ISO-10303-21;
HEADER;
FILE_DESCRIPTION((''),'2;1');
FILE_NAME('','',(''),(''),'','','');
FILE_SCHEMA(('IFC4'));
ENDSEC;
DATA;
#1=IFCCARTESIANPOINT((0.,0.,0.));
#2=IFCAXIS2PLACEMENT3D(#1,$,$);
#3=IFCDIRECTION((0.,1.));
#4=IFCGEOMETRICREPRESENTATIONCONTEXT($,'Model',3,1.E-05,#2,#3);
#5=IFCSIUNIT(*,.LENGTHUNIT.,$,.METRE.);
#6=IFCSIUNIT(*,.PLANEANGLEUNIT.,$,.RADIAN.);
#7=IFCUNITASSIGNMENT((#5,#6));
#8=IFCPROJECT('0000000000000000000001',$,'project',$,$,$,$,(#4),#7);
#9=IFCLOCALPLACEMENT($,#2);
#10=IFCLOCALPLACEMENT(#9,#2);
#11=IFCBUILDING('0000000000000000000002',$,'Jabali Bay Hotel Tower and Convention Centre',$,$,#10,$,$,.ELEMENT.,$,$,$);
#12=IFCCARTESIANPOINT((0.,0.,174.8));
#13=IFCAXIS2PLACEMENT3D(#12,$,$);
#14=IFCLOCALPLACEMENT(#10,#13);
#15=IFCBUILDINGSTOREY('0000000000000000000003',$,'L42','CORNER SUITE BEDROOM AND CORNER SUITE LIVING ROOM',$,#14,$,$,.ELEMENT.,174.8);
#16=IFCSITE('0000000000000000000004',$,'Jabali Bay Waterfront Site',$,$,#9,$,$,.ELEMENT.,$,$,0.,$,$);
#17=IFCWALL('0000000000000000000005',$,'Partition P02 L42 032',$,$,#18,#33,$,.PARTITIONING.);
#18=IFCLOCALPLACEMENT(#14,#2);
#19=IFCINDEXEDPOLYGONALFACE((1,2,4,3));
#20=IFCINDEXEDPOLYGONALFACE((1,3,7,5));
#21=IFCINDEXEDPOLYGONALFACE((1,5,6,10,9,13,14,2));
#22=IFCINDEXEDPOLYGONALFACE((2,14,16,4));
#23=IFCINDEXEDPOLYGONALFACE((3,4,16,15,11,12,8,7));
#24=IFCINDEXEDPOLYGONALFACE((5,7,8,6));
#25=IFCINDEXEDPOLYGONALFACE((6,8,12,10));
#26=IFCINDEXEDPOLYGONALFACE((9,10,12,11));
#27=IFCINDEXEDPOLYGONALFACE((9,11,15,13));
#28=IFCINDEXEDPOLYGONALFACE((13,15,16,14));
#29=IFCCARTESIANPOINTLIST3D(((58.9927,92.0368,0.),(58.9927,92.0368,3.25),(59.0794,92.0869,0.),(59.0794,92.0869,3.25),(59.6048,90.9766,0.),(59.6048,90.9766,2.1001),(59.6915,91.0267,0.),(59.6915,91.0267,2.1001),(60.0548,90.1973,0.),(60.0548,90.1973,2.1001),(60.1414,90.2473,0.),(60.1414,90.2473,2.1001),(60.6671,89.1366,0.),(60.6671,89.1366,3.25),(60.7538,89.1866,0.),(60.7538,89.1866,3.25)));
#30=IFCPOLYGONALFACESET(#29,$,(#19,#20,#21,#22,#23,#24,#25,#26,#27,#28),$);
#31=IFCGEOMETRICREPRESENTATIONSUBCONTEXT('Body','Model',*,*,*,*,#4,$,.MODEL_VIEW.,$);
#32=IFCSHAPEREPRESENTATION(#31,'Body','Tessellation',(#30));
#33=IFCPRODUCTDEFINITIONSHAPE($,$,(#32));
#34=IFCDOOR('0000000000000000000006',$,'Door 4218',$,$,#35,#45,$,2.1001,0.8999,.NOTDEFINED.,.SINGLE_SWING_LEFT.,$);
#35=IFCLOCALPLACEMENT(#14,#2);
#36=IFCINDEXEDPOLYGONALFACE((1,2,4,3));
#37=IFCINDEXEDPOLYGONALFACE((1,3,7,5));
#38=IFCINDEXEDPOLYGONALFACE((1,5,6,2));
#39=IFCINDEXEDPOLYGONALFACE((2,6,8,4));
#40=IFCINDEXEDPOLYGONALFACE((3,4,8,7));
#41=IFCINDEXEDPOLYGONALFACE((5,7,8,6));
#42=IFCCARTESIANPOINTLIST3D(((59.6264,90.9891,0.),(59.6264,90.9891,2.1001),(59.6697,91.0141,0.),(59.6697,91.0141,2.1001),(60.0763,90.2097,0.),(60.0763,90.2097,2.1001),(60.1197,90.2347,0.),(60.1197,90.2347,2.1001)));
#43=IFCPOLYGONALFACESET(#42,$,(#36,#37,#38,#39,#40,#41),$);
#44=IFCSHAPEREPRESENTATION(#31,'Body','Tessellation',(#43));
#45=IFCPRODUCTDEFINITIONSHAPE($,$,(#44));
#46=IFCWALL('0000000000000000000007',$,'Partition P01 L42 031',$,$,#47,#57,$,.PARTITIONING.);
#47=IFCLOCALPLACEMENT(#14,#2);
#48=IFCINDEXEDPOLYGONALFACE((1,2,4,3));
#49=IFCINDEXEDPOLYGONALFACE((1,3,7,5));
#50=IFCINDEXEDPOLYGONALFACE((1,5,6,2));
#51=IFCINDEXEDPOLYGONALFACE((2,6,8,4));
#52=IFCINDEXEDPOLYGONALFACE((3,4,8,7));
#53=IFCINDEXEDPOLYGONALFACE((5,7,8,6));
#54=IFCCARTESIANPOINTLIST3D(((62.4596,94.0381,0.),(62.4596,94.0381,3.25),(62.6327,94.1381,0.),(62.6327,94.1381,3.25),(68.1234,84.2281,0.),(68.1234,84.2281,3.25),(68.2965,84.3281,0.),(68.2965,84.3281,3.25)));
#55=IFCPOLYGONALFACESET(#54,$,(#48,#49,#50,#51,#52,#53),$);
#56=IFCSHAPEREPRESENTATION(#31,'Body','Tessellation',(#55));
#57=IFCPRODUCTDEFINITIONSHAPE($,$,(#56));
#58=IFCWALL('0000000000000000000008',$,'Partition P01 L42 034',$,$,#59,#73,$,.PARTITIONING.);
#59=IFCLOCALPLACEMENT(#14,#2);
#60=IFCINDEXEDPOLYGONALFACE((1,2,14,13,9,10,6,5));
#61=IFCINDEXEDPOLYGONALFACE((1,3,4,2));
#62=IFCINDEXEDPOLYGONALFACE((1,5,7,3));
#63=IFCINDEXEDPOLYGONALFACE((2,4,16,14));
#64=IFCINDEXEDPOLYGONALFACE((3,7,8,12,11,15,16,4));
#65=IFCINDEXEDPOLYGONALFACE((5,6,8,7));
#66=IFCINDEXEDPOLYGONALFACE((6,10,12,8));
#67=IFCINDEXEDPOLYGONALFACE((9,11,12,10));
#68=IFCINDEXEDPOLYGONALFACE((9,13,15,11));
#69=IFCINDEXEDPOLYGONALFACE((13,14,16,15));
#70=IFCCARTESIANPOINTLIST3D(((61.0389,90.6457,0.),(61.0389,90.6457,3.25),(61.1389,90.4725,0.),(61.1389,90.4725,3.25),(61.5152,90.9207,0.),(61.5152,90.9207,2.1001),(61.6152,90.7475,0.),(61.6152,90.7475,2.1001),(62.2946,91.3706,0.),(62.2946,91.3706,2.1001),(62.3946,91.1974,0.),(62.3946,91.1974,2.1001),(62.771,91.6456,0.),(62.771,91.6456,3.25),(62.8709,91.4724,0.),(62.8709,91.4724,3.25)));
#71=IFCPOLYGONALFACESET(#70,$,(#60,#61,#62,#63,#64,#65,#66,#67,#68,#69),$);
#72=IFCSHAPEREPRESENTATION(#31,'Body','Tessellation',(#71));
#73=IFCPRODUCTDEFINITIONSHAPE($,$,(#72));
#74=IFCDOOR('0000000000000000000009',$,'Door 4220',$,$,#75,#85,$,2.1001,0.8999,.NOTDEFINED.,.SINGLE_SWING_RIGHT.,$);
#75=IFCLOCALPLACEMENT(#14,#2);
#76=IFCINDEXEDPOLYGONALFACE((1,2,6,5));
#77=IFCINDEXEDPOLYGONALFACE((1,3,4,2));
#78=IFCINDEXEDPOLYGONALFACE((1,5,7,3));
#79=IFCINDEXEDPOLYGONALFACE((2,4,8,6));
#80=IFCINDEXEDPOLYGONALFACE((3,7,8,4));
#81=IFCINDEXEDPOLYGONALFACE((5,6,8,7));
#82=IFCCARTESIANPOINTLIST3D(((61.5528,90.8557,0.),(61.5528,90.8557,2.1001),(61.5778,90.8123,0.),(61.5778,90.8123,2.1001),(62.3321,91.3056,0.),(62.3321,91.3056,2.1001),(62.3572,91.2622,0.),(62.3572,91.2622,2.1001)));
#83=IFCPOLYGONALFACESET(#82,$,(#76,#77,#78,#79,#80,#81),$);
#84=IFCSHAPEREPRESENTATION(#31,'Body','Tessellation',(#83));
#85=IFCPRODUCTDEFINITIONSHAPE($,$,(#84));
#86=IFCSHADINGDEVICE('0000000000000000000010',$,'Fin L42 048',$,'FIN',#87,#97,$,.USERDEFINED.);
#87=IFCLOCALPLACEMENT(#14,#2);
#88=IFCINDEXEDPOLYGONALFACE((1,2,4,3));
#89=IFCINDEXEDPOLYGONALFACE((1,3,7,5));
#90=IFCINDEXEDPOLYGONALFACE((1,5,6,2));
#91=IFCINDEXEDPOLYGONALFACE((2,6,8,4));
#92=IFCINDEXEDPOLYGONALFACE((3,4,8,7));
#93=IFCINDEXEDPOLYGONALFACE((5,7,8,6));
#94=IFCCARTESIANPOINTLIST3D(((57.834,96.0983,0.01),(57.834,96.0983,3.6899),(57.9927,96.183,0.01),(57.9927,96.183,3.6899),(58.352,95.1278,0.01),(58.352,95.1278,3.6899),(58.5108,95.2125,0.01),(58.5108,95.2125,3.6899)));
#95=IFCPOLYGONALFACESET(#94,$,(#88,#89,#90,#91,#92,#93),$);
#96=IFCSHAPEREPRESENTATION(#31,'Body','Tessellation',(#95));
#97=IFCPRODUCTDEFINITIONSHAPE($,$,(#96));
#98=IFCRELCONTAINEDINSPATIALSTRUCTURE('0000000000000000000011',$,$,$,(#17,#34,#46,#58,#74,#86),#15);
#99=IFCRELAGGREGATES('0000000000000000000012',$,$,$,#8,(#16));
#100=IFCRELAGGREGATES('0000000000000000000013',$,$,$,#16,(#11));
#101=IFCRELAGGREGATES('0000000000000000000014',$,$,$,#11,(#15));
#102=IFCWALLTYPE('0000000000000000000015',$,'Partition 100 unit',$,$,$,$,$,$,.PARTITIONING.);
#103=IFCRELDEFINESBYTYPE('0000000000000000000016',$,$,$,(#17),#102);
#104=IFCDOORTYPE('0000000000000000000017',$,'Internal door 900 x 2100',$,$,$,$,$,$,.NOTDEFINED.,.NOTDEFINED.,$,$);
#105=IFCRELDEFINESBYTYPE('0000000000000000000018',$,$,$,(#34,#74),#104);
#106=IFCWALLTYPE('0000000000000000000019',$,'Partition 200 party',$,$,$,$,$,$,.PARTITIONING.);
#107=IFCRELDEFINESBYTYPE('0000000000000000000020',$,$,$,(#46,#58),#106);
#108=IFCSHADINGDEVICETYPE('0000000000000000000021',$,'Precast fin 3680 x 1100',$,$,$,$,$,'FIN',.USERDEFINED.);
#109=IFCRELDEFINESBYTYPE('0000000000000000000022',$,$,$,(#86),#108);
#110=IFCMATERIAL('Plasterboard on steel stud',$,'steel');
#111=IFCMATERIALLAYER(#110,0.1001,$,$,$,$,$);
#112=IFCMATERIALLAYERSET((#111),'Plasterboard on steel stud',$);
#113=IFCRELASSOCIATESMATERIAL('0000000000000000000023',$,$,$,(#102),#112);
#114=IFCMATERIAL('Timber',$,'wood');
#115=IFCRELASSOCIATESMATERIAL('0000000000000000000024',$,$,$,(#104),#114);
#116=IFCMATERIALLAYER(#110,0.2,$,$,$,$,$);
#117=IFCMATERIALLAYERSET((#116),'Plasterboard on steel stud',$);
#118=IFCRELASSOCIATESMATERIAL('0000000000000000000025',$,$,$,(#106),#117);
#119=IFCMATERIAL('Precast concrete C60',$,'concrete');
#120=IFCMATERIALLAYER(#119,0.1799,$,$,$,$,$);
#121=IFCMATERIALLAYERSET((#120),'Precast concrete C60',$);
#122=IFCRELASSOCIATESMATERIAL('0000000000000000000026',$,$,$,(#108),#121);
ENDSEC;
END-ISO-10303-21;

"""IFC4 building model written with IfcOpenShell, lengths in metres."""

from ifc_helpers import new_model, si_unit, direction, frame, frame_2d, origin, place, context, subcontext, project, spatial, rectangle, extrude, material, layer, layer_set, type_object, element, fill, save


model = new_model("IFC4")

# Units and contexts
model_context = context("Model", 3, precision=1e-05, world=origin(), true_north=direction((0.0, 1.0)))
body_context = subcontext(model_context, "Body", "Model", "MODEL_VIEW")
ifc_project = project(units=[si_unit("LENGTHUNIT", "METRE"), si_unit("PLANEANGLEUNIT", "RADIAN")], contexts=[model_context])

# Site, building, storey
site_placement = place(None, origin())
site = spatial("IfcSite", under=ifc_project, at=site_placement, Name="Jabali Bay Waterfront Site", CompositionType="ELEMENT", RefElevation=0.0)
building_placement = place(site_placement, origin())
building = spatial("IfcBuilding", under=site, at=building_placement, Name="Jabali Bay Hotel Tower and Convention Centre", CompositionType="ELEMENT")
storey_placement = place(building_placement, frame((0.0, 0.0, 174.8)))
storey = spatial("IfcBuildingStorey", under=building, at=storey_placement, Name="L42", Description="CORNER SUITE BEDROOM AND CORNER SUITE LIVING ROOM", CompositionType="ELEMENT", Elevation=174.8)

# Wall, opening, door
ifc_material_1 = material(Name="Plasterboard on steel stud", Category="steel")
ifc_layer_1 = layer(ifc_material_1, 0.1001)
ifc_layer_set_1 = layer_set([ifc_layer_1], Name="Plasterboard on steel stud")
wall_type_1 = type_object("IfcWallType", Name="Partition 100 unit", PredefinedType="PARTITIONING", material=ifc_layer_set_1)
wall_1_placement = place(storey_placement, frame((59.0361, 92.0618, 0.0), z_axis=(0.0, 0.0, 1.0), x_axis=(0.499981, -0.866036, 0.0)))
wall_1 = element("IfcWall", 1, at=wall_1_placement, inside=storey, type_object=wall_type_1, Name="Partition P02 L42 032", PredefinedType="PARTITIONING", context=body_context, shape_type="SweptSolid", body=[
    extrude(rectangle(XDim=3.3489, YDim=0.1001, at=frame_2d((1.6743, 0.0))), origin(), (0.0, 0.0, 1.0), 3.25),
])
opening_1_placement = place(wall_1_placement, frame((1.2241, 0.0, 0.0)))
opening_1 = element("IfcOpeningElement", 2, at=opening_1_placement, cuts=wall_1, PredefinedType="OPENING", context=body_context, shape_type="SweptSolid", body=[
    extrude(rectangle(XDim=0.8999, YDim=2.1001, at=frame_2d((0.45, 1.05))), frame((0.0, 0.0605, 0.0), z_axis=(0.0, -1.0, 0.0), x_axis=(1.0, 0.0, 0.0)), (0.0, 0.0, 1.0), 0.1211),
])
ifc_material_2 = material(Name="Timber", Category="wood")
door_type_1 = type_object("IfcDoorType", Name="Internal door 900 x 2100", OperationType="NOTDEFINED", PredefinedType="NOTDEFINED", material=ifc_material_2)
door_1_placement = place(opening_1_placement, origin())
door_1 = element("IfcDoor", 3, at=door_1_placement, inside=storey, type_object=door_type_1, Name="Door 4218", OperationType="SINGLE_SWING_LEFT", OverallHeight=2.1001, OverallWidth=0.8999, PredefinedType="NOTDEFINED", context=body_context, shape_type="SweptSolid", body=[
    extrude(rectangle(XDim=0.8999, YDim=2.1001, at=frame_2d((0.45, 1.05))), frame((0.0, 0.0249, 0.0), z_axis=(0.0, -1.0, 0.0), x_axis=(1.0, 0.0, 0.0)), (0.0, 0.0, 1.0), 0.05),
])
fill(opening_1, door_1)

# Wall
ifc_layer_2 = layer(ifc_material_1, 0.2)
ifc_layer_set_2 = layer_set([ifc_layer_2], Name="Plasterboard on steel stud")
wall_type_2 = type_object("IfcWallType", Name="Partition 200 party", PredefinedType="PARTITIONING", material=ifc_layer_set_2)
wall_2_placement = place(storey_placement, frame((62.5461, 94.0881, 0.0), z_axis=(0.0, 0.0, 1.0), x_axis=(0.499999, -0.866026, 0.0)))
element("IfcWall", 4, at=wall_2_placement, inside=storey, type_object=wall_type_2, Name="Partition P01 L42 031", PredefinedType="PARTITIONING", context=body_context, shape_type="SweptSolid", body=[
    extrude(rectangle(XDim=11.3276, YDim=0.2, at=frame_2d((5.6638, 0.0))), origin(), (0.0, 0.0, 1.0), 3.25),
])

# Wall, opening, door
wall_3_placement = place(storey_placement, frame((61.0889, 90.5591, 0.0), z_axis=(0.0, 0.0, 1.0), x_axis=(0.866041, 0.499973, 0.0)))
wall_3 = element("IfcWall", 5, at=wall_3_placement, inside=storey, type_object=wall_type_2, Name="Partition P01 L42 034", PredefinedType="PARTITIONING", context=body_context, shape_type="SweptSolid", body=[
    extrude(rectangle(XDim=2.0, YDim=0.2, at=frame_2d((1.0, 0.0))), origin(), (0.0, 0.0, 1.0), 3.25),
])
opening_2_placement = place(wall_3_placement, frame((0.55, 0.0, 0.0)))
opening_2 = element("IfcOpeningElement", 6, at=opening_2_placement, cuts=wall_3, PredefinedType="OPENING", context=body_context, shape_type="SweptSolid", body=[
    extrude(rectangle(XDim=0.8999, YDim=2.1001, at=frame_2d((0.45, 1.05))), frame((0.0, 0.1104, 0.0), z_axis=(0.0, -1.0, 0.0), x_axis=(1.0, 0.0, 0.0)), (0.0, 0.0, 1.0), 0.2209),
])
door_2_placement = place(opening_2_placement, origin())
door_2 = element("IfcDoor", 7, at=door_2_placement, inside=storey, type_object=door_type_1, Name="Door 4220", OperationType="SINGLE_SWING_RIGHT", OverallHeight=2.1001, OverallWidth=0.8999, PredefinedType="NOTDEFINED", context=body_context, shape_type="SweptSolid", body=[
    extrude(rectangle(XDim=0.8999, YDim=2.1001, at=frame_2d((0.45, 1.05))), frame((0.0, 0.0249, 0.0), z_axis=(0.0, -1.0, 0.0), x_axis=(1.0, 0.0, 0.0)), (0.0, 0.0, 1.0), 0.05),
])
fill(opening_2, door_2)

# Shading device
ifc_material_3 = material(Name="Precast concrete C60", Category="concrete")
ifc_layer_3 = layer(ifc_material_3, 0.1799)
ifc_layer_set_3 = layer_set([ifc_layer_3], Name="Precast concrete C60")
shading_device_type = type_object("IfcShadingDeviceType", Name="Precast fin 3680 x 1100", ElementType="FIN", PredefinedType="USERDEFINED", material=ifc_layer_set_3)
shading_device_placement = place(storey_placement, frame((58.4314, 95.1702, 0.01), z_axis=(0.0, 0.0, 1.0), x_axis=(-0.470934, 0.882169, 0.0)))
element("IfcShadingDevice", 8, at=shading_device_placement, inside=storey, type_object=shading_device_type, Name="Fin L42 048", ObjectType="FIN", PredefinedType="USERDEFINED", context=body_context, shape_type="SweptSolid", body=[
    extrude(rectangle(XDim=1.1001, YDim=0.1799, at=frame_2d((0.55, 0.0))), origin(), (0.0, 0.0, 1.0), 3.6799),
])

save(model, "model.ifc")
